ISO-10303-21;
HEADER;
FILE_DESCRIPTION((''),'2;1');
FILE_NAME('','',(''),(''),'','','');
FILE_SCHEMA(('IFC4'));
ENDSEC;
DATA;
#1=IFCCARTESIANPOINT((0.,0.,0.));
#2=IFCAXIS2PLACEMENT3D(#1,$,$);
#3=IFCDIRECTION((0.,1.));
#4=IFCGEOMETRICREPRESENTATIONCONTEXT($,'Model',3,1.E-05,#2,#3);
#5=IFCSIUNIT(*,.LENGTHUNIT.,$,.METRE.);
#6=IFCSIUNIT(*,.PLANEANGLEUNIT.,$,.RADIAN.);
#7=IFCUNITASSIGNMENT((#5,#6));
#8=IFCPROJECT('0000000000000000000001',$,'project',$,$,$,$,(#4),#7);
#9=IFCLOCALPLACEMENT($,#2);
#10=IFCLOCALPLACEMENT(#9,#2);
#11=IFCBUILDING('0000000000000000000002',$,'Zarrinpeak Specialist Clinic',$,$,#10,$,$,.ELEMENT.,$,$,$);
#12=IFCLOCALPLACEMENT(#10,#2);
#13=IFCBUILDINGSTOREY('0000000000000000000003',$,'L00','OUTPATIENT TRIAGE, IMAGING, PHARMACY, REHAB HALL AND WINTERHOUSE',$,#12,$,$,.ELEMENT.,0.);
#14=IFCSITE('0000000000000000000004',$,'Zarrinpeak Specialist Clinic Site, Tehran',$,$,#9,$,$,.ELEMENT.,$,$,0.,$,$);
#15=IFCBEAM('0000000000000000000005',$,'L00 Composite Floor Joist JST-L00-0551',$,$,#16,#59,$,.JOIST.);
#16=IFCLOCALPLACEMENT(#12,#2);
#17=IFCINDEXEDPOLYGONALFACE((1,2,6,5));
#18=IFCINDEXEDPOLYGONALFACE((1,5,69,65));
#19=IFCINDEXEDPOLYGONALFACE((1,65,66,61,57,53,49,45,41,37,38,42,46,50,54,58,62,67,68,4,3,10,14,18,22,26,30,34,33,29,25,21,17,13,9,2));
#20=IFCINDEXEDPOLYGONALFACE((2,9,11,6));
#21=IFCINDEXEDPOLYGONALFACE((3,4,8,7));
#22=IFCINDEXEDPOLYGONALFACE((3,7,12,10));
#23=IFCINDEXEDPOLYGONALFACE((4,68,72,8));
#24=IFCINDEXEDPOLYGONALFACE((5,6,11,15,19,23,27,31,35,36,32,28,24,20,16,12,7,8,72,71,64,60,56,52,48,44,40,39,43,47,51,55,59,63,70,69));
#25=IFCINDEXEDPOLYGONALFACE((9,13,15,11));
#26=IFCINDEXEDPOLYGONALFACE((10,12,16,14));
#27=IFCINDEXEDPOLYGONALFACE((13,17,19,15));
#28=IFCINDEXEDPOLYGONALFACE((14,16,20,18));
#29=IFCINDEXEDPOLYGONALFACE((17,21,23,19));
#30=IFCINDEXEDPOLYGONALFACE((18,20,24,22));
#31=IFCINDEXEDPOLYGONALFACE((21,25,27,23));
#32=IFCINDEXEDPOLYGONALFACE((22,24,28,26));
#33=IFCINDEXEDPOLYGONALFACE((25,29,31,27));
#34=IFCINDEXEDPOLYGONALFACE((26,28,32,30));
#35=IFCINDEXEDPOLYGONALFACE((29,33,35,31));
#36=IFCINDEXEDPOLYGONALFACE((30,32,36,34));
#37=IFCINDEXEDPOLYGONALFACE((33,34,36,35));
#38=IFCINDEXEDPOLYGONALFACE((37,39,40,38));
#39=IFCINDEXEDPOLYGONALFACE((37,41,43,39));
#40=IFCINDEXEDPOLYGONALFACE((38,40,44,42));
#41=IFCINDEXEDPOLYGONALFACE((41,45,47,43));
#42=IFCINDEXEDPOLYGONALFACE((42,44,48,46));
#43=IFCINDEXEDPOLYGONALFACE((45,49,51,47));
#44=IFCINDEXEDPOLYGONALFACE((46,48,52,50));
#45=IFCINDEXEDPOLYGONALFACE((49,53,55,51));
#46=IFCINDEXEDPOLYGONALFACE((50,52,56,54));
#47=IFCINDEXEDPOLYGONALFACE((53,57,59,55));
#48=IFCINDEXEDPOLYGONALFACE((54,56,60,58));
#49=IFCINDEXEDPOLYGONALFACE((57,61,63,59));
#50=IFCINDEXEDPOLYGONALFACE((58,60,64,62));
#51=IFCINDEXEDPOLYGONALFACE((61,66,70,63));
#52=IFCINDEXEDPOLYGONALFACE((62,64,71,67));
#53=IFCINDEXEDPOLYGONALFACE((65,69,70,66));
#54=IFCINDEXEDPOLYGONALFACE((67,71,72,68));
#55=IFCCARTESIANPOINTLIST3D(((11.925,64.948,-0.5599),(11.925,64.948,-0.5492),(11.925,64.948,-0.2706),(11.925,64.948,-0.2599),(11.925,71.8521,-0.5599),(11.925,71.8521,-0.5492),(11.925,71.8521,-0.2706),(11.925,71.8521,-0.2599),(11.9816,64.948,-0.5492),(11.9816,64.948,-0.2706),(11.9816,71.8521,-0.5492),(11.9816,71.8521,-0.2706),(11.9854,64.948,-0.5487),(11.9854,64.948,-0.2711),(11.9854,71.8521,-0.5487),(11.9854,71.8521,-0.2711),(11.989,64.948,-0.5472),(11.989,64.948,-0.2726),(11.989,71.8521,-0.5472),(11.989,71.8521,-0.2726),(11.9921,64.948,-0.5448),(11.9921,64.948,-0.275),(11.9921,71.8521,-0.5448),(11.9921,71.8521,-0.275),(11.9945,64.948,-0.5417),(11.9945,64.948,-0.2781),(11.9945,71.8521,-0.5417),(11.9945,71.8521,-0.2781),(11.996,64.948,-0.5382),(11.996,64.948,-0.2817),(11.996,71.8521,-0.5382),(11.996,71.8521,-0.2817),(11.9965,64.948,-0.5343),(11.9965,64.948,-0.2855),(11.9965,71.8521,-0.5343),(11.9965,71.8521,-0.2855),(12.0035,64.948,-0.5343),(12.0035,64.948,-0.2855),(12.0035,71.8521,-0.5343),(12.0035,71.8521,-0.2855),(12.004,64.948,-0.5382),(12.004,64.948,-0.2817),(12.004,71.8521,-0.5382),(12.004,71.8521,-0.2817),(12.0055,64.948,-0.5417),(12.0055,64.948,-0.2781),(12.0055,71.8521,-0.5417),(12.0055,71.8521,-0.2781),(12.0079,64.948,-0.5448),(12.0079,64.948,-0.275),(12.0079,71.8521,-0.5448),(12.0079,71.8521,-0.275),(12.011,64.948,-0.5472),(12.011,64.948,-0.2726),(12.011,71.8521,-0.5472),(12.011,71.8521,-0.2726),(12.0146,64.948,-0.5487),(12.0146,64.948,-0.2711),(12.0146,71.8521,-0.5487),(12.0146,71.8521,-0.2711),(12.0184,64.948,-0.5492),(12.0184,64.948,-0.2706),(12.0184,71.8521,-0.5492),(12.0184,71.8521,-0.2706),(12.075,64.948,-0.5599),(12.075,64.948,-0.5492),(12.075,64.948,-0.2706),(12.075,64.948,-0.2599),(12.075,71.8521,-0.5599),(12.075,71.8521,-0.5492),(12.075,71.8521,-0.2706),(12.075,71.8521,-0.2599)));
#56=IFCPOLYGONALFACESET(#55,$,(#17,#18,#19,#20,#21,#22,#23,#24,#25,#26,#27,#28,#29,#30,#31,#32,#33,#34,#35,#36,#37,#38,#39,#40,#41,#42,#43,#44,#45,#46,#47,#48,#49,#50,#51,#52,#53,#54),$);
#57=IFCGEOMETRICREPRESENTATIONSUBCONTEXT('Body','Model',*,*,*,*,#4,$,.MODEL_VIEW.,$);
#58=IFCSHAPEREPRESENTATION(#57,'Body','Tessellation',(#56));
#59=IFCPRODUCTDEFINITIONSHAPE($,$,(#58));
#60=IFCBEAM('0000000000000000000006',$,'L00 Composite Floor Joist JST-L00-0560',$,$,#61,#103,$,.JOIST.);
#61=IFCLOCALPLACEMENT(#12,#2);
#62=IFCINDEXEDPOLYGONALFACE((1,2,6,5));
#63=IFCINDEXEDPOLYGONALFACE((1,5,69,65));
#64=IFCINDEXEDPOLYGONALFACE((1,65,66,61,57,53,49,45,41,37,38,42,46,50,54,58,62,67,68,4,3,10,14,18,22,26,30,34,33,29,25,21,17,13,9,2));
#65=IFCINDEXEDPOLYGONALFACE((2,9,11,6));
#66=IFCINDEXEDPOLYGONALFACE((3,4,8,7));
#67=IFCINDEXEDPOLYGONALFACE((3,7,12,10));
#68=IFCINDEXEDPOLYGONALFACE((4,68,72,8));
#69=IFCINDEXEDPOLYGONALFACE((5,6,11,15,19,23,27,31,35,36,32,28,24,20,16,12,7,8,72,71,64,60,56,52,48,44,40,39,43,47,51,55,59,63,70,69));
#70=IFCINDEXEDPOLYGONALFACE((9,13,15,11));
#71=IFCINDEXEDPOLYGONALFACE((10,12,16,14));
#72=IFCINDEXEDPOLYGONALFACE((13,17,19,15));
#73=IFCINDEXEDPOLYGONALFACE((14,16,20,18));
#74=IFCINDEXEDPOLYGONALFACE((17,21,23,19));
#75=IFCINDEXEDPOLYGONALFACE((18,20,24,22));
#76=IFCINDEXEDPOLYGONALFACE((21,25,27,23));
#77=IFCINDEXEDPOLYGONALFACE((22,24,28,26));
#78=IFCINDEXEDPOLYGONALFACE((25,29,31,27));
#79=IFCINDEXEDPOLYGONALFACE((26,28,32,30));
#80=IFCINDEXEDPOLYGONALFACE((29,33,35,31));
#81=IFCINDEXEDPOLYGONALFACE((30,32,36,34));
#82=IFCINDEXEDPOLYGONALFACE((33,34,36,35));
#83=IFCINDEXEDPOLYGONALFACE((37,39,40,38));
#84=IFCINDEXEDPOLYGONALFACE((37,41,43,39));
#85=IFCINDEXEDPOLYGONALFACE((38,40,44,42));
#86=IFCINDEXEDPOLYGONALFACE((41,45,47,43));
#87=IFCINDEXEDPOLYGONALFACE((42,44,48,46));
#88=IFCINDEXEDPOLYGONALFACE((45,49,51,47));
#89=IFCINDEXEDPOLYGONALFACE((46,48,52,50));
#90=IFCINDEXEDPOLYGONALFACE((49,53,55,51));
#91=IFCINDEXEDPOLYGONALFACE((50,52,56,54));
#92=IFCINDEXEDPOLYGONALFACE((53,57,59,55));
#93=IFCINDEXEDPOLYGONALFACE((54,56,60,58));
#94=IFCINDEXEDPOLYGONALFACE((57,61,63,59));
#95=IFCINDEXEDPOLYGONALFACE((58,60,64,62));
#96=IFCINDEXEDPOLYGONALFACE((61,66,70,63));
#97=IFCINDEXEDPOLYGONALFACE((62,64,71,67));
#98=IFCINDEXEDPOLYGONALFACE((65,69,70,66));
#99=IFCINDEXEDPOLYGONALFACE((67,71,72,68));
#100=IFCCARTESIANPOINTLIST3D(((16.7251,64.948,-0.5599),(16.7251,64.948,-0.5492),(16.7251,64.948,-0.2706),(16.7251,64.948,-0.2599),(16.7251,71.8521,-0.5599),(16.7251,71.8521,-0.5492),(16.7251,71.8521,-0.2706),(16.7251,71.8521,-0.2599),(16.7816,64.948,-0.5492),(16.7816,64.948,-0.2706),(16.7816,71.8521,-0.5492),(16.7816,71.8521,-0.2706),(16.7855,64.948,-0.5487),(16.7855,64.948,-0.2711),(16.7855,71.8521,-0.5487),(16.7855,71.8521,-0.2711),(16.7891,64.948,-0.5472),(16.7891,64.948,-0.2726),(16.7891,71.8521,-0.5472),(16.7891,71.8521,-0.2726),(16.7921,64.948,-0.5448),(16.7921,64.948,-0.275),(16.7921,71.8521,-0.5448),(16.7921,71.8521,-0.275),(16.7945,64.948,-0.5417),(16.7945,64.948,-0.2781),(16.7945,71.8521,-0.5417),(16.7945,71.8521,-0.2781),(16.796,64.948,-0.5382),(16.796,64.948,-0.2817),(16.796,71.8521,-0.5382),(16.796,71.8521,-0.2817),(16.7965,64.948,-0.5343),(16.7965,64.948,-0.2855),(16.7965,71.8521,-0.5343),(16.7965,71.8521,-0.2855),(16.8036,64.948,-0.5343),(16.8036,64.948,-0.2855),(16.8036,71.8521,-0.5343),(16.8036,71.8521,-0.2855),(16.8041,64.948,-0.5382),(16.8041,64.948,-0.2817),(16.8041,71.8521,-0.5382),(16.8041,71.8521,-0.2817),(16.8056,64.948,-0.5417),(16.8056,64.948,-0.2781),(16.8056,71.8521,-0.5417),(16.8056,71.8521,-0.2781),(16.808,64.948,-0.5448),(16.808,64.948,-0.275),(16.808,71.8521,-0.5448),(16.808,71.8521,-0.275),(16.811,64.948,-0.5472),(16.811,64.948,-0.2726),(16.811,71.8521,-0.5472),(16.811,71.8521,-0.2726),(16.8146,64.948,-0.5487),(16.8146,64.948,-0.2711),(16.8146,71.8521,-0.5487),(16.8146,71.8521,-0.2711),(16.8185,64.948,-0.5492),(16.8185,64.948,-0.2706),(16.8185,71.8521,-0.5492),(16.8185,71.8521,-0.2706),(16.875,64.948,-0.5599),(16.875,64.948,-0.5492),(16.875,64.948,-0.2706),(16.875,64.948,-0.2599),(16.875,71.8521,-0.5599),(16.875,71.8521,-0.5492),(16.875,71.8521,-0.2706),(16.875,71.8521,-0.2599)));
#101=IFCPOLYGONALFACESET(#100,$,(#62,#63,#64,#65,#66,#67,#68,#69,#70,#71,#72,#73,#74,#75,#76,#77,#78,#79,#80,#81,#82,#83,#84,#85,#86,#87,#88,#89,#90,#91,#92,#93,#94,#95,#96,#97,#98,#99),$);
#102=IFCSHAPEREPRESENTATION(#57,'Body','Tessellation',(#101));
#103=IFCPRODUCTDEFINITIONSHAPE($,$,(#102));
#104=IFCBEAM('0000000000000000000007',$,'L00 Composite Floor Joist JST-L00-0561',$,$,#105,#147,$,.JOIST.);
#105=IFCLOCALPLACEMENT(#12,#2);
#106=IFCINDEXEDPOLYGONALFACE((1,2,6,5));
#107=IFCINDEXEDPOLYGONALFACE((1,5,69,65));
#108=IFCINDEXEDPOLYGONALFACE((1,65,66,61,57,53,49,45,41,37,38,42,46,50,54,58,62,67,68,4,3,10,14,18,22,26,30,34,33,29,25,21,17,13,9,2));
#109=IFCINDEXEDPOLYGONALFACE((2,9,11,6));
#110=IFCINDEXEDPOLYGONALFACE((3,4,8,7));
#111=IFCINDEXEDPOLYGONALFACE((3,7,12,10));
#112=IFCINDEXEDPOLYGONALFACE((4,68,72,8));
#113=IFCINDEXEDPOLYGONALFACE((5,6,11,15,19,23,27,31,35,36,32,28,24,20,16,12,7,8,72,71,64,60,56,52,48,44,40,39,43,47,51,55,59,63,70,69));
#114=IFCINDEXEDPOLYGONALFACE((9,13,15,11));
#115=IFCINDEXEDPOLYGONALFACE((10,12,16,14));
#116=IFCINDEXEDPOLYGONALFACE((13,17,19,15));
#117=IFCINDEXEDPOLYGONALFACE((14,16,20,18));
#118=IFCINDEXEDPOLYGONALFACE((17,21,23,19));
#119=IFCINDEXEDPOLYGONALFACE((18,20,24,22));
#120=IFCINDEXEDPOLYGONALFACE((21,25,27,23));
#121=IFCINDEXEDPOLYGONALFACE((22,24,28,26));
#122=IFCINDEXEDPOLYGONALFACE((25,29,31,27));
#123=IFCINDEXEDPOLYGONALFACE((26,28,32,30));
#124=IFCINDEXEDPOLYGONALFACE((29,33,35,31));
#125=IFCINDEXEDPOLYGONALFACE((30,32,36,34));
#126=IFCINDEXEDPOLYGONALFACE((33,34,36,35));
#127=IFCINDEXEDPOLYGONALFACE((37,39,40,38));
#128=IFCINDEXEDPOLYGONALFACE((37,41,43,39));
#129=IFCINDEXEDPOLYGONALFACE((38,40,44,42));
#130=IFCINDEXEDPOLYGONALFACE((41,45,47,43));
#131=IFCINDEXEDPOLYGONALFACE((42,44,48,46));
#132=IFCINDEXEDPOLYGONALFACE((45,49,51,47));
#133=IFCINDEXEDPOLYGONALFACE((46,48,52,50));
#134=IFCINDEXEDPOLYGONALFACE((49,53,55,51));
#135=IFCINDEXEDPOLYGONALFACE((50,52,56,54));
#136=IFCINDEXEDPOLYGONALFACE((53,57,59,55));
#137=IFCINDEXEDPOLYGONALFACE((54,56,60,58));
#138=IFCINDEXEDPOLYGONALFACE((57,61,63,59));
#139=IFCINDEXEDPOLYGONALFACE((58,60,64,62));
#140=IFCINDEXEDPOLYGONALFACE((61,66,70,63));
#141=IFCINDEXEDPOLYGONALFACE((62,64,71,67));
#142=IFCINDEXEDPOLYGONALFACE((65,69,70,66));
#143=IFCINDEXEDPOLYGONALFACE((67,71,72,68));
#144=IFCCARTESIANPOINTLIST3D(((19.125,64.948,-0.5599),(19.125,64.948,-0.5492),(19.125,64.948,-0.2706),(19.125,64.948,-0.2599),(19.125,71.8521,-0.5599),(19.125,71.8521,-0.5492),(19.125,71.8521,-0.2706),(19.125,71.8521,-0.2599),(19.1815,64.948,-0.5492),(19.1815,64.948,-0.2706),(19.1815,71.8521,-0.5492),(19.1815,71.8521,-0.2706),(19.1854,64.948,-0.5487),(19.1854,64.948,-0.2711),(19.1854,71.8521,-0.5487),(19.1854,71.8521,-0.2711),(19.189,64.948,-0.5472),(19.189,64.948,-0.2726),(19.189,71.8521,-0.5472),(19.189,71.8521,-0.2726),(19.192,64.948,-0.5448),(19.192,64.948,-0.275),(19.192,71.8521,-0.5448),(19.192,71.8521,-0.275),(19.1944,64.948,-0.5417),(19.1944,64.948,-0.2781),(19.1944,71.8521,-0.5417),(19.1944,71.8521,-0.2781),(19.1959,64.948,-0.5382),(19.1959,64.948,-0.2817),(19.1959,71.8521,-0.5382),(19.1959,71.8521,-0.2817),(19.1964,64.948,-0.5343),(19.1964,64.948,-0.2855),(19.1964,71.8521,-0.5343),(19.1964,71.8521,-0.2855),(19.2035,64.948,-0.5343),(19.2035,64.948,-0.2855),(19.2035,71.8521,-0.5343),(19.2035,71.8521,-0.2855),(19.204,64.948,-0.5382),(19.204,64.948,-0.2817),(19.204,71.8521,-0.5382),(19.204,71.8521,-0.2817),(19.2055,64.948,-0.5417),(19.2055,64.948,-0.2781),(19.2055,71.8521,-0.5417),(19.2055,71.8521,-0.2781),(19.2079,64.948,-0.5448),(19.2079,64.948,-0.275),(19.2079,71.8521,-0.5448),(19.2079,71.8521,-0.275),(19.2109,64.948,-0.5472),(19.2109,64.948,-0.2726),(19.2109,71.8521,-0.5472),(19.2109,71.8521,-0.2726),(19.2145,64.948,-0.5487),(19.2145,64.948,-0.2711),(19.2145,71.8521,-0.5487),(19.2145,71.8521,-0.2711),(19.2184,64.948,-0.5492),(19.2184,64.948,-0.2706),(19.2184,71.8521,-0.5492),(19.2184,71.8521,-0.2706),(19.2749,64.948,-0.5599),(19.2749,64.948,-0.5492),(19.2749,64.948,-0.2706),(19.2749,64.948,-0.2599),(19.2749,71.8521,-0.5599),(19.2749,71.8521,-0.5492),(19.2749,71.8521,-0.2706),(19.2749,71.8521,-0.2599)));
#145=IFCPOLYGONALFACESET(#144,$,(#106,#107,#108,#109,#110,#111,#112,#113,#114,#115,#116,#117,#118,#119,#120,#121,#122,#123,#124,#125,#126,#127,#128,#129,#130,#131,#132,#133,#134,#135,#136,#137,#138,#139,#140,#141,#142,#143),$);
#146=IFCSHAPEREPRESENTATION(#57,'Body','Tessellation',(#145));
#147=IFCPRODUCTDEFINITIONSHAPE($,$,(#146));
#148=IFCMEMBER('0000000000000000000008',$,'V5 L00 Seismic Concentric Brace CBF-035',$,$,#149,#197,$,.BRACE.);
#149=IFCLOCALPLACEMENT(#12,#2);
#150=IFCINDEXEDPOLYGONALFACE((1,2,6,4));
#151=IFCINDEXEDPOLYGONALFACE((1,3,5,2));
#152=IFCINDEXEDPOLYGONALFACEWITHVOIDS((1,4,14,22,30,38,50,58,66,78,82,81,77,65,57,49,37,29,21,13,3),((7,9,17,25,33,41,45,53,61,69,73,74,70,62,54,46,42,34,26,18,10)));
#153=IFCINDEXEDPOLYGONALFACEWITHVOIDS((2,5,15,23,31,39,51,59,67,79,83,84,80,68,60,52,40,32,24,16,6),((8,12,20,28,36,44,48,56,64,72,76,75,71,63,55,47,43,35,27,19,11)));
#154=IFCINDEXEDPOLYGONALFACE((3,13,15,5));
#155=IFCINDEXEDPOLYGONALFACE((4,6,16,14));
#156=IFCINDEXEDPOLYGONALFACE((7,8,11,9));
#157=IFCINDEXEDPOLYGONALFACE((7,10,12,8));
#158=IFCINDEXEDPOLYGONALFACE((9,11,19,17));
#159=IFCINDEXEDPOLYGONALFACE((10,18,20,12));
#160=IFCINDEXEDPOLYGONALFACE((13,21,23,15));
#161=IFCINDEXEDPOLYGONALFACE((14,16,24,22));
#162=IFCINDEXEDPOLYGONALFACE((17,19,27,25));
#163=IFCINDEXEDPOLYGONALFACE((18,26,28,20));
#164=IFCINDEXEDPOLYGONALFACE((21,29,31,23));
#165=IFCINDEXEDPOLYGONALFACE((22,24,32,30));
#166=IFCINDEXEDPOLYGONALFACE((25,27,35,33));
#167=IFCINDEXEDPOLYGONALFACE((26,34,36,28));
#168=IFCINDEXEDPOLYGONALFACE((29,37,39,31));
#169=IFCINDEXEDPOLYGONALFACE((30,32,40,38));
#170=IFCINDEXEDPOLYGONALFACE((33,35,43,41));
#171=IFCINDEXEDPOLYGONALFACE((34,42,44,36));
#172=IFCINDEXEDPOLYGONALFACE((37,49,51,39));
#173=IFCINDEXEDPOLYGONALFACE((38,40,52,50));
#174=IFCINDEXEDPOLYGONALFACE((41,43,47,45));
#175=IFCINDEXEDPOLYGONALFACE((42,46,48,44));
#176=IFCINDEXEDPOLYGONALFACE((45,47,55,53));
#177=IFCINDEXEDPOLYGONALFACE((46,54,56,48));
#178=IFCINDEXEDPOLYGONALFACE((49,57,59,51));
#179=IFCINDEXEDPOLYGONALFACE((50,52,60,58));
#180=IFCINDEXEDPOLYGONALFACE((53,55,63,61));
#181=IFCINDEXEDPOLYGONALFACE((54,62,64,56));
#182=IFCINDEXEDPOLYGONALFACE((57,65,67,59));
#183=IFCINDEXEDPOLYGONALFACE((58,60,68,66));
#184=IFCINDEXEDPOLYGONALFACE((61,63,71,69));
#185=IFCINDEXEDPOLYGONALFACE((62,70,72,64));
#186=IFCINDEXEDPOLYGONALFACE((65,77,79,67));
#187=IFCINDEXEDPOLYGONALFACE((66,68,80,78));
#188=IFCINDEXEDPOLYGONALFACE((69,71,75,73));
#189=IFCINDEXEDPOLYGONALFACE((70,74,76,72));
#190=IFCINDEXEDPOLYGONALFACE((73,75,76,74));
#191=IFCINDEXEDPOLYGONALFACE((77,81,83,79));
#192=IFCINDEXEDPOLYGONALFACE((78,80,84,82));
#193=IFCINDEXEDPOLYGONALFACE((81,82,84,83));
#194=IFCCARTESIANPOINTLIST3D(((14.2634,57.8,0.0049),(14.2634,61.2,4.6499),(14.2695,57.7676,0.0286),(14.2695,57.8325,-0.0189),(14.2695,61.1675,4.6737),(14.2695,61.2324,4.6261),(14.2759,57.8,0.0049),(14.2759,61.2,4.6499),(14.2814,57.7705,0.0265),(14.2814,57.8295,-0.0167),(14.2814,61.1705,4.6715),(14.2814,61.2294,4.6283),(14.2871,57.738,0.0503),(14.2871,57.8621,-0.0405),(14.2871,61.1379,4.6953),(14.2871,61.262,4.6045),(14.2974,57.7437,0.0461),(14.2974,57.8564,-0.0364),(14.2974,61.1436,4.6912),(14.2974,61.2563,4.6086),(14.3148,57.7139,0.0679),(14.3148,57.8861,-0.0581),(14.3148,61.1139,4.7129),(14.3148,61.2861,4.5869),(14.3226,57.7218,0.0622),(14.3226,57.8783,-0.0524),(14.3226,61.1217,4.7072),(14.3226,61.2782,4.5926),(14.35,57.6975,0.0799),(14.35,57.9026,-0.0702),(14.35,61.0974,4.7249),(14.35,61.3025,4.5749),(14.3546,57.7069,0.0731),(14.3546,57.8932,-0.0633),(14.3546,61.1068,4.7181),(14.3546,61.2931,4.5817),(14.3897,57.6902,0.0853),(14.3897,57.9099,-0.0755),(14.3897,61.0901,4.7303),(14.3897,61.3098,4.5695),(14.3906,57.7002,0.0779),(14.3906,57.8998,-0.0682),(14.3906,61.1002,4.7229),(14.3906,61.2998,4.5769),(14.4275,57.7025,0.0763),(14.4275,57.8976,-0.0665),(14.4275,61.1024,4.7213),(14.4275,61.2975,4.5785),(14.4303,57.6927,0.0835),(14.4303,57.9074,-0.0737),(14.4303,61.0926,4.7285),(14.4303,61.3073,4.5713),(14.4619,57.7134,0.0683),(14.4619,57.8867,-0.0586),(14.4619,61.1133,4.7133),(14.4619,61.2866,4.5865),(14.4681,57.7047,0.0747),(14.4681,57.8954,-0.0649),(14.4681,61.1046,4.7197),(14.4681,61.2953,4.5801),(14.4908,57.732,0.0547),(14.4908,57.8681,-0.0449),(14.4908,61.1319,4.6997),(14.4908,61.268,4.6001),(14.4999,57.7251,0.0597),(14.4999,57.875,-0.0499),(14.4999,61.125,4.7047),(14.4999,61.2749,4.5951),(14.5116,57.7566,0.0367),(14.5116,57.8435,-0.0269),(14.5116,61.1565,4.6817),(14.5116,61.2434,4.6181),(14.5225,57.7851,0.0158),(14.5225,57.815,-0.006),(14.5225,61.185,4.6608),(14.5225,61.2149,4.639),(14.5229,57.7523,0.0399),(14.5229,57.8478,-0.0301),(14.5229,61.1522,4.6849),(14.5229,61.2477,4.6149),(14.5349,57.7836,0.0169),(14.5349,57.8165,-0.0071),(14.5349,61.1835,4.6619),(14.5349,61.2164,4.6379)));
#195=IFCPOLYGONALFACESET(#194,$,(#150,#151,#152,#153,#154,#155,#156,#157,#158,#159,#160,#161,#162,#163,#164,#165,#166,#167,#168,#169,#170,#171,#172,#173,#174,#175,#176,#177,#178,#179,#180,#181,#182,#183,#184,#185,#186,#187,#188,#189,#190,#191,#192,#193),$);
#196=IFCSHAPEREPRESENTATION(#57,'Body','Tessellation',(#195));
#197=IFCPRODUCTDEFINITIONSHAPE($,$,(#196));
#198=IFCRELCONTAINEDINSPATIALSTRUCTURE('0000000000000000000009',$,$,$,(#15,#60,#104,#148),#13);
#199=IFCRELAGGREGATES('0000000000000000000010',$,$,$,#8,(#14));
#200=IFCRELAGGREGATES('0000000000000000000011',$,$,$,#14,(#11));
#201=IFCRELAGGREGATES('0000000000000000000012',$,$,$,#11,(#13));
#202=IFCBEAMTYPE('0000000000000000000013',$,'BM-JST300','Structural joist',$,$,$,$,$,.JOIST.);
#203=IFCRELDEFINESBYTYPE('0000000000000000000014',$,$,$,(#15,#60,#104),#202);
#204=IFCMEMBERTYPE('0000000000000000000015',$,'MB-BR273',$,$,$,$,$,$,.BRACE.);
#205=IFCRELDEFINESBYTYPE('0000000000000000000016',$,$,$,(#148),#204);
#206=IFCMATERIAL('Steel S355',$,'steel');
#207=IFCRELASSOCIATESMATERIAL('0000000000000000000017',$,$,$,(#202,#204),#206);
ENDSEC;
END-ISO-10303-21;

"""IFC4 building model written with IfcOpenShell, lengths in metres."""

from ifc_helpers import new_model, si_unit, direction, frame, origin, origin_2d, place, context, subcontext, project, spatial, hollow_circle, i_section, extrude, material, material_profile, profile_set, type_object, element, save


model = new_model("IFC4")

# Units and contexts
model_context = context("Model", 3, precision=1e-05, world=origin(), true_north=direction((0.0, 1.0)))
body_context = subcontext(model_context, "Body", "Model", "MODEL_VIEW")
ifc_project = project(units=[si_unit("LENGTHUNIT", "METRE"), si_unit("PLANEANGLEUNIT", "RADIAN")], contexts=[model_context])

# Site, building, storey
site_placement = place(None, origin())
site = spatial("IfcSite", under=ifc_project, at=site_placement, Name="Zarrinpeak Specialist Clinic Site, Tehran", CompositionType="ELEMENT", RefElevation=0.0)
building_placement = place(site_placement, origin())
building = spatial("IfcBuilding", under=site, at=building_placement, Name="Zarrinpeak Specialist Clinic", CompositionType="ELEMENT")
storey_placement = place(building_placement, origin())
storey = spatial("IfcBuildingStorey", under=building, at=storey_placement, Name="L00", Description="OUTPATIENT TRIAGE, IMAGING, PHARMACY, REHAB HALL AND WINTERHOUSE", CompositionType="ELEMENT", Elevation=0.0)

# Shared definitions
ifc_material_1 = material(Name="Steel S355", Category="steel")

# Beams
ifc_material_profile_1 = material_profile(ifc_material_1, i_section(OverallWidth=0.1499, OverallDepth=0.3, WebThickness=0.0071, FlangeThickness=0.0107, FilletRadius=0.0149, at=origin_2d()), Name="IPE 300")
ifc_profile_set_1 = profile_set([ifc_material_profile_1], Name="Steel S355")
beam_type_1 = type_object("IfcBeamType", Name="BM-JST300", Description="Structural joist", PredefinedType="JOIST", material=ifc_profile_set_1)
for number, where, z_axis, x_axis, name in (
    (1, (12.0, 64.948, -0.4099), (0.0, 1.0, 0.0), (-1.0, 0.0, 0.0), "L00 Composite Floor Joist JST-L00-0551"),
    (2, (16.8, 64.948, -0.4099), (0.0, 1.0, 0.0), (-1.0, 0.0, 0.0), "L00 Composite Floor Joist JST-L00-0560"),
    (3, (19.2, 64.948, -0.4099), (0.0, 1.0, 0.0), (-1.0, 0.0, 0.0), "L00 Composite Floor Joist JST-L00-0561"),
):
    element("IfcBeam", number, at=place(storey_placement, frame(where, z_axis=z_axis, x_axis=x_axis)), inside=storey, type_object=beam_type_1, Name=name, PredefinedType="JOIST", context=body_context, shape_type="SweptSolid", body=[
        extrude(i_section(OverallWidth=0.1499, OverallDepth=0.3, WebThickness=0.0071, FlangeThickness=0.0107, FilletRadius=0.0149, at=origin_2d()), origin(), (0.0, 0.0, 1.0), 6.9041),
    ])

# Member
ifc_material_profile_2 = material_profile(ifc_material_1, hollow_circle(Radius=0.1365, WallThickness=0.0125, at=origin_2d()), Name="CHS 273.0x12.5")
ifc_profile_set_2 = profile_set([ifc_material_profile_2], Name="Steel S355")
member_type = type_object("IfcMemberType", Name="MB-BR273", PredefinedType="BRACE", material=ifc_profile_set_2)
member_1_placement = place(storey_placement, frame((14.3999, 57.8, 0.0049), z_axis=(0.0, 0.590635, 0.806939), x_axis=(-1.0, 0.0, 0.0)))
element("IfcMember", 4, at=member_1_placement, inside=storey, type_object=member_type, Name="V5 L00 Seismic Concentric Brace CBF-035", PredefinedType="BRACE", context=body_context, shape_type="SweptSolid", body=[
    extrude(hollow_circle(Radius=0.1365, WallThickness=0.0125, at=origin_2d()), origin(), (0.0, 0.0, 1.0), 5.7563),
])

save(model, "model.ifc")
